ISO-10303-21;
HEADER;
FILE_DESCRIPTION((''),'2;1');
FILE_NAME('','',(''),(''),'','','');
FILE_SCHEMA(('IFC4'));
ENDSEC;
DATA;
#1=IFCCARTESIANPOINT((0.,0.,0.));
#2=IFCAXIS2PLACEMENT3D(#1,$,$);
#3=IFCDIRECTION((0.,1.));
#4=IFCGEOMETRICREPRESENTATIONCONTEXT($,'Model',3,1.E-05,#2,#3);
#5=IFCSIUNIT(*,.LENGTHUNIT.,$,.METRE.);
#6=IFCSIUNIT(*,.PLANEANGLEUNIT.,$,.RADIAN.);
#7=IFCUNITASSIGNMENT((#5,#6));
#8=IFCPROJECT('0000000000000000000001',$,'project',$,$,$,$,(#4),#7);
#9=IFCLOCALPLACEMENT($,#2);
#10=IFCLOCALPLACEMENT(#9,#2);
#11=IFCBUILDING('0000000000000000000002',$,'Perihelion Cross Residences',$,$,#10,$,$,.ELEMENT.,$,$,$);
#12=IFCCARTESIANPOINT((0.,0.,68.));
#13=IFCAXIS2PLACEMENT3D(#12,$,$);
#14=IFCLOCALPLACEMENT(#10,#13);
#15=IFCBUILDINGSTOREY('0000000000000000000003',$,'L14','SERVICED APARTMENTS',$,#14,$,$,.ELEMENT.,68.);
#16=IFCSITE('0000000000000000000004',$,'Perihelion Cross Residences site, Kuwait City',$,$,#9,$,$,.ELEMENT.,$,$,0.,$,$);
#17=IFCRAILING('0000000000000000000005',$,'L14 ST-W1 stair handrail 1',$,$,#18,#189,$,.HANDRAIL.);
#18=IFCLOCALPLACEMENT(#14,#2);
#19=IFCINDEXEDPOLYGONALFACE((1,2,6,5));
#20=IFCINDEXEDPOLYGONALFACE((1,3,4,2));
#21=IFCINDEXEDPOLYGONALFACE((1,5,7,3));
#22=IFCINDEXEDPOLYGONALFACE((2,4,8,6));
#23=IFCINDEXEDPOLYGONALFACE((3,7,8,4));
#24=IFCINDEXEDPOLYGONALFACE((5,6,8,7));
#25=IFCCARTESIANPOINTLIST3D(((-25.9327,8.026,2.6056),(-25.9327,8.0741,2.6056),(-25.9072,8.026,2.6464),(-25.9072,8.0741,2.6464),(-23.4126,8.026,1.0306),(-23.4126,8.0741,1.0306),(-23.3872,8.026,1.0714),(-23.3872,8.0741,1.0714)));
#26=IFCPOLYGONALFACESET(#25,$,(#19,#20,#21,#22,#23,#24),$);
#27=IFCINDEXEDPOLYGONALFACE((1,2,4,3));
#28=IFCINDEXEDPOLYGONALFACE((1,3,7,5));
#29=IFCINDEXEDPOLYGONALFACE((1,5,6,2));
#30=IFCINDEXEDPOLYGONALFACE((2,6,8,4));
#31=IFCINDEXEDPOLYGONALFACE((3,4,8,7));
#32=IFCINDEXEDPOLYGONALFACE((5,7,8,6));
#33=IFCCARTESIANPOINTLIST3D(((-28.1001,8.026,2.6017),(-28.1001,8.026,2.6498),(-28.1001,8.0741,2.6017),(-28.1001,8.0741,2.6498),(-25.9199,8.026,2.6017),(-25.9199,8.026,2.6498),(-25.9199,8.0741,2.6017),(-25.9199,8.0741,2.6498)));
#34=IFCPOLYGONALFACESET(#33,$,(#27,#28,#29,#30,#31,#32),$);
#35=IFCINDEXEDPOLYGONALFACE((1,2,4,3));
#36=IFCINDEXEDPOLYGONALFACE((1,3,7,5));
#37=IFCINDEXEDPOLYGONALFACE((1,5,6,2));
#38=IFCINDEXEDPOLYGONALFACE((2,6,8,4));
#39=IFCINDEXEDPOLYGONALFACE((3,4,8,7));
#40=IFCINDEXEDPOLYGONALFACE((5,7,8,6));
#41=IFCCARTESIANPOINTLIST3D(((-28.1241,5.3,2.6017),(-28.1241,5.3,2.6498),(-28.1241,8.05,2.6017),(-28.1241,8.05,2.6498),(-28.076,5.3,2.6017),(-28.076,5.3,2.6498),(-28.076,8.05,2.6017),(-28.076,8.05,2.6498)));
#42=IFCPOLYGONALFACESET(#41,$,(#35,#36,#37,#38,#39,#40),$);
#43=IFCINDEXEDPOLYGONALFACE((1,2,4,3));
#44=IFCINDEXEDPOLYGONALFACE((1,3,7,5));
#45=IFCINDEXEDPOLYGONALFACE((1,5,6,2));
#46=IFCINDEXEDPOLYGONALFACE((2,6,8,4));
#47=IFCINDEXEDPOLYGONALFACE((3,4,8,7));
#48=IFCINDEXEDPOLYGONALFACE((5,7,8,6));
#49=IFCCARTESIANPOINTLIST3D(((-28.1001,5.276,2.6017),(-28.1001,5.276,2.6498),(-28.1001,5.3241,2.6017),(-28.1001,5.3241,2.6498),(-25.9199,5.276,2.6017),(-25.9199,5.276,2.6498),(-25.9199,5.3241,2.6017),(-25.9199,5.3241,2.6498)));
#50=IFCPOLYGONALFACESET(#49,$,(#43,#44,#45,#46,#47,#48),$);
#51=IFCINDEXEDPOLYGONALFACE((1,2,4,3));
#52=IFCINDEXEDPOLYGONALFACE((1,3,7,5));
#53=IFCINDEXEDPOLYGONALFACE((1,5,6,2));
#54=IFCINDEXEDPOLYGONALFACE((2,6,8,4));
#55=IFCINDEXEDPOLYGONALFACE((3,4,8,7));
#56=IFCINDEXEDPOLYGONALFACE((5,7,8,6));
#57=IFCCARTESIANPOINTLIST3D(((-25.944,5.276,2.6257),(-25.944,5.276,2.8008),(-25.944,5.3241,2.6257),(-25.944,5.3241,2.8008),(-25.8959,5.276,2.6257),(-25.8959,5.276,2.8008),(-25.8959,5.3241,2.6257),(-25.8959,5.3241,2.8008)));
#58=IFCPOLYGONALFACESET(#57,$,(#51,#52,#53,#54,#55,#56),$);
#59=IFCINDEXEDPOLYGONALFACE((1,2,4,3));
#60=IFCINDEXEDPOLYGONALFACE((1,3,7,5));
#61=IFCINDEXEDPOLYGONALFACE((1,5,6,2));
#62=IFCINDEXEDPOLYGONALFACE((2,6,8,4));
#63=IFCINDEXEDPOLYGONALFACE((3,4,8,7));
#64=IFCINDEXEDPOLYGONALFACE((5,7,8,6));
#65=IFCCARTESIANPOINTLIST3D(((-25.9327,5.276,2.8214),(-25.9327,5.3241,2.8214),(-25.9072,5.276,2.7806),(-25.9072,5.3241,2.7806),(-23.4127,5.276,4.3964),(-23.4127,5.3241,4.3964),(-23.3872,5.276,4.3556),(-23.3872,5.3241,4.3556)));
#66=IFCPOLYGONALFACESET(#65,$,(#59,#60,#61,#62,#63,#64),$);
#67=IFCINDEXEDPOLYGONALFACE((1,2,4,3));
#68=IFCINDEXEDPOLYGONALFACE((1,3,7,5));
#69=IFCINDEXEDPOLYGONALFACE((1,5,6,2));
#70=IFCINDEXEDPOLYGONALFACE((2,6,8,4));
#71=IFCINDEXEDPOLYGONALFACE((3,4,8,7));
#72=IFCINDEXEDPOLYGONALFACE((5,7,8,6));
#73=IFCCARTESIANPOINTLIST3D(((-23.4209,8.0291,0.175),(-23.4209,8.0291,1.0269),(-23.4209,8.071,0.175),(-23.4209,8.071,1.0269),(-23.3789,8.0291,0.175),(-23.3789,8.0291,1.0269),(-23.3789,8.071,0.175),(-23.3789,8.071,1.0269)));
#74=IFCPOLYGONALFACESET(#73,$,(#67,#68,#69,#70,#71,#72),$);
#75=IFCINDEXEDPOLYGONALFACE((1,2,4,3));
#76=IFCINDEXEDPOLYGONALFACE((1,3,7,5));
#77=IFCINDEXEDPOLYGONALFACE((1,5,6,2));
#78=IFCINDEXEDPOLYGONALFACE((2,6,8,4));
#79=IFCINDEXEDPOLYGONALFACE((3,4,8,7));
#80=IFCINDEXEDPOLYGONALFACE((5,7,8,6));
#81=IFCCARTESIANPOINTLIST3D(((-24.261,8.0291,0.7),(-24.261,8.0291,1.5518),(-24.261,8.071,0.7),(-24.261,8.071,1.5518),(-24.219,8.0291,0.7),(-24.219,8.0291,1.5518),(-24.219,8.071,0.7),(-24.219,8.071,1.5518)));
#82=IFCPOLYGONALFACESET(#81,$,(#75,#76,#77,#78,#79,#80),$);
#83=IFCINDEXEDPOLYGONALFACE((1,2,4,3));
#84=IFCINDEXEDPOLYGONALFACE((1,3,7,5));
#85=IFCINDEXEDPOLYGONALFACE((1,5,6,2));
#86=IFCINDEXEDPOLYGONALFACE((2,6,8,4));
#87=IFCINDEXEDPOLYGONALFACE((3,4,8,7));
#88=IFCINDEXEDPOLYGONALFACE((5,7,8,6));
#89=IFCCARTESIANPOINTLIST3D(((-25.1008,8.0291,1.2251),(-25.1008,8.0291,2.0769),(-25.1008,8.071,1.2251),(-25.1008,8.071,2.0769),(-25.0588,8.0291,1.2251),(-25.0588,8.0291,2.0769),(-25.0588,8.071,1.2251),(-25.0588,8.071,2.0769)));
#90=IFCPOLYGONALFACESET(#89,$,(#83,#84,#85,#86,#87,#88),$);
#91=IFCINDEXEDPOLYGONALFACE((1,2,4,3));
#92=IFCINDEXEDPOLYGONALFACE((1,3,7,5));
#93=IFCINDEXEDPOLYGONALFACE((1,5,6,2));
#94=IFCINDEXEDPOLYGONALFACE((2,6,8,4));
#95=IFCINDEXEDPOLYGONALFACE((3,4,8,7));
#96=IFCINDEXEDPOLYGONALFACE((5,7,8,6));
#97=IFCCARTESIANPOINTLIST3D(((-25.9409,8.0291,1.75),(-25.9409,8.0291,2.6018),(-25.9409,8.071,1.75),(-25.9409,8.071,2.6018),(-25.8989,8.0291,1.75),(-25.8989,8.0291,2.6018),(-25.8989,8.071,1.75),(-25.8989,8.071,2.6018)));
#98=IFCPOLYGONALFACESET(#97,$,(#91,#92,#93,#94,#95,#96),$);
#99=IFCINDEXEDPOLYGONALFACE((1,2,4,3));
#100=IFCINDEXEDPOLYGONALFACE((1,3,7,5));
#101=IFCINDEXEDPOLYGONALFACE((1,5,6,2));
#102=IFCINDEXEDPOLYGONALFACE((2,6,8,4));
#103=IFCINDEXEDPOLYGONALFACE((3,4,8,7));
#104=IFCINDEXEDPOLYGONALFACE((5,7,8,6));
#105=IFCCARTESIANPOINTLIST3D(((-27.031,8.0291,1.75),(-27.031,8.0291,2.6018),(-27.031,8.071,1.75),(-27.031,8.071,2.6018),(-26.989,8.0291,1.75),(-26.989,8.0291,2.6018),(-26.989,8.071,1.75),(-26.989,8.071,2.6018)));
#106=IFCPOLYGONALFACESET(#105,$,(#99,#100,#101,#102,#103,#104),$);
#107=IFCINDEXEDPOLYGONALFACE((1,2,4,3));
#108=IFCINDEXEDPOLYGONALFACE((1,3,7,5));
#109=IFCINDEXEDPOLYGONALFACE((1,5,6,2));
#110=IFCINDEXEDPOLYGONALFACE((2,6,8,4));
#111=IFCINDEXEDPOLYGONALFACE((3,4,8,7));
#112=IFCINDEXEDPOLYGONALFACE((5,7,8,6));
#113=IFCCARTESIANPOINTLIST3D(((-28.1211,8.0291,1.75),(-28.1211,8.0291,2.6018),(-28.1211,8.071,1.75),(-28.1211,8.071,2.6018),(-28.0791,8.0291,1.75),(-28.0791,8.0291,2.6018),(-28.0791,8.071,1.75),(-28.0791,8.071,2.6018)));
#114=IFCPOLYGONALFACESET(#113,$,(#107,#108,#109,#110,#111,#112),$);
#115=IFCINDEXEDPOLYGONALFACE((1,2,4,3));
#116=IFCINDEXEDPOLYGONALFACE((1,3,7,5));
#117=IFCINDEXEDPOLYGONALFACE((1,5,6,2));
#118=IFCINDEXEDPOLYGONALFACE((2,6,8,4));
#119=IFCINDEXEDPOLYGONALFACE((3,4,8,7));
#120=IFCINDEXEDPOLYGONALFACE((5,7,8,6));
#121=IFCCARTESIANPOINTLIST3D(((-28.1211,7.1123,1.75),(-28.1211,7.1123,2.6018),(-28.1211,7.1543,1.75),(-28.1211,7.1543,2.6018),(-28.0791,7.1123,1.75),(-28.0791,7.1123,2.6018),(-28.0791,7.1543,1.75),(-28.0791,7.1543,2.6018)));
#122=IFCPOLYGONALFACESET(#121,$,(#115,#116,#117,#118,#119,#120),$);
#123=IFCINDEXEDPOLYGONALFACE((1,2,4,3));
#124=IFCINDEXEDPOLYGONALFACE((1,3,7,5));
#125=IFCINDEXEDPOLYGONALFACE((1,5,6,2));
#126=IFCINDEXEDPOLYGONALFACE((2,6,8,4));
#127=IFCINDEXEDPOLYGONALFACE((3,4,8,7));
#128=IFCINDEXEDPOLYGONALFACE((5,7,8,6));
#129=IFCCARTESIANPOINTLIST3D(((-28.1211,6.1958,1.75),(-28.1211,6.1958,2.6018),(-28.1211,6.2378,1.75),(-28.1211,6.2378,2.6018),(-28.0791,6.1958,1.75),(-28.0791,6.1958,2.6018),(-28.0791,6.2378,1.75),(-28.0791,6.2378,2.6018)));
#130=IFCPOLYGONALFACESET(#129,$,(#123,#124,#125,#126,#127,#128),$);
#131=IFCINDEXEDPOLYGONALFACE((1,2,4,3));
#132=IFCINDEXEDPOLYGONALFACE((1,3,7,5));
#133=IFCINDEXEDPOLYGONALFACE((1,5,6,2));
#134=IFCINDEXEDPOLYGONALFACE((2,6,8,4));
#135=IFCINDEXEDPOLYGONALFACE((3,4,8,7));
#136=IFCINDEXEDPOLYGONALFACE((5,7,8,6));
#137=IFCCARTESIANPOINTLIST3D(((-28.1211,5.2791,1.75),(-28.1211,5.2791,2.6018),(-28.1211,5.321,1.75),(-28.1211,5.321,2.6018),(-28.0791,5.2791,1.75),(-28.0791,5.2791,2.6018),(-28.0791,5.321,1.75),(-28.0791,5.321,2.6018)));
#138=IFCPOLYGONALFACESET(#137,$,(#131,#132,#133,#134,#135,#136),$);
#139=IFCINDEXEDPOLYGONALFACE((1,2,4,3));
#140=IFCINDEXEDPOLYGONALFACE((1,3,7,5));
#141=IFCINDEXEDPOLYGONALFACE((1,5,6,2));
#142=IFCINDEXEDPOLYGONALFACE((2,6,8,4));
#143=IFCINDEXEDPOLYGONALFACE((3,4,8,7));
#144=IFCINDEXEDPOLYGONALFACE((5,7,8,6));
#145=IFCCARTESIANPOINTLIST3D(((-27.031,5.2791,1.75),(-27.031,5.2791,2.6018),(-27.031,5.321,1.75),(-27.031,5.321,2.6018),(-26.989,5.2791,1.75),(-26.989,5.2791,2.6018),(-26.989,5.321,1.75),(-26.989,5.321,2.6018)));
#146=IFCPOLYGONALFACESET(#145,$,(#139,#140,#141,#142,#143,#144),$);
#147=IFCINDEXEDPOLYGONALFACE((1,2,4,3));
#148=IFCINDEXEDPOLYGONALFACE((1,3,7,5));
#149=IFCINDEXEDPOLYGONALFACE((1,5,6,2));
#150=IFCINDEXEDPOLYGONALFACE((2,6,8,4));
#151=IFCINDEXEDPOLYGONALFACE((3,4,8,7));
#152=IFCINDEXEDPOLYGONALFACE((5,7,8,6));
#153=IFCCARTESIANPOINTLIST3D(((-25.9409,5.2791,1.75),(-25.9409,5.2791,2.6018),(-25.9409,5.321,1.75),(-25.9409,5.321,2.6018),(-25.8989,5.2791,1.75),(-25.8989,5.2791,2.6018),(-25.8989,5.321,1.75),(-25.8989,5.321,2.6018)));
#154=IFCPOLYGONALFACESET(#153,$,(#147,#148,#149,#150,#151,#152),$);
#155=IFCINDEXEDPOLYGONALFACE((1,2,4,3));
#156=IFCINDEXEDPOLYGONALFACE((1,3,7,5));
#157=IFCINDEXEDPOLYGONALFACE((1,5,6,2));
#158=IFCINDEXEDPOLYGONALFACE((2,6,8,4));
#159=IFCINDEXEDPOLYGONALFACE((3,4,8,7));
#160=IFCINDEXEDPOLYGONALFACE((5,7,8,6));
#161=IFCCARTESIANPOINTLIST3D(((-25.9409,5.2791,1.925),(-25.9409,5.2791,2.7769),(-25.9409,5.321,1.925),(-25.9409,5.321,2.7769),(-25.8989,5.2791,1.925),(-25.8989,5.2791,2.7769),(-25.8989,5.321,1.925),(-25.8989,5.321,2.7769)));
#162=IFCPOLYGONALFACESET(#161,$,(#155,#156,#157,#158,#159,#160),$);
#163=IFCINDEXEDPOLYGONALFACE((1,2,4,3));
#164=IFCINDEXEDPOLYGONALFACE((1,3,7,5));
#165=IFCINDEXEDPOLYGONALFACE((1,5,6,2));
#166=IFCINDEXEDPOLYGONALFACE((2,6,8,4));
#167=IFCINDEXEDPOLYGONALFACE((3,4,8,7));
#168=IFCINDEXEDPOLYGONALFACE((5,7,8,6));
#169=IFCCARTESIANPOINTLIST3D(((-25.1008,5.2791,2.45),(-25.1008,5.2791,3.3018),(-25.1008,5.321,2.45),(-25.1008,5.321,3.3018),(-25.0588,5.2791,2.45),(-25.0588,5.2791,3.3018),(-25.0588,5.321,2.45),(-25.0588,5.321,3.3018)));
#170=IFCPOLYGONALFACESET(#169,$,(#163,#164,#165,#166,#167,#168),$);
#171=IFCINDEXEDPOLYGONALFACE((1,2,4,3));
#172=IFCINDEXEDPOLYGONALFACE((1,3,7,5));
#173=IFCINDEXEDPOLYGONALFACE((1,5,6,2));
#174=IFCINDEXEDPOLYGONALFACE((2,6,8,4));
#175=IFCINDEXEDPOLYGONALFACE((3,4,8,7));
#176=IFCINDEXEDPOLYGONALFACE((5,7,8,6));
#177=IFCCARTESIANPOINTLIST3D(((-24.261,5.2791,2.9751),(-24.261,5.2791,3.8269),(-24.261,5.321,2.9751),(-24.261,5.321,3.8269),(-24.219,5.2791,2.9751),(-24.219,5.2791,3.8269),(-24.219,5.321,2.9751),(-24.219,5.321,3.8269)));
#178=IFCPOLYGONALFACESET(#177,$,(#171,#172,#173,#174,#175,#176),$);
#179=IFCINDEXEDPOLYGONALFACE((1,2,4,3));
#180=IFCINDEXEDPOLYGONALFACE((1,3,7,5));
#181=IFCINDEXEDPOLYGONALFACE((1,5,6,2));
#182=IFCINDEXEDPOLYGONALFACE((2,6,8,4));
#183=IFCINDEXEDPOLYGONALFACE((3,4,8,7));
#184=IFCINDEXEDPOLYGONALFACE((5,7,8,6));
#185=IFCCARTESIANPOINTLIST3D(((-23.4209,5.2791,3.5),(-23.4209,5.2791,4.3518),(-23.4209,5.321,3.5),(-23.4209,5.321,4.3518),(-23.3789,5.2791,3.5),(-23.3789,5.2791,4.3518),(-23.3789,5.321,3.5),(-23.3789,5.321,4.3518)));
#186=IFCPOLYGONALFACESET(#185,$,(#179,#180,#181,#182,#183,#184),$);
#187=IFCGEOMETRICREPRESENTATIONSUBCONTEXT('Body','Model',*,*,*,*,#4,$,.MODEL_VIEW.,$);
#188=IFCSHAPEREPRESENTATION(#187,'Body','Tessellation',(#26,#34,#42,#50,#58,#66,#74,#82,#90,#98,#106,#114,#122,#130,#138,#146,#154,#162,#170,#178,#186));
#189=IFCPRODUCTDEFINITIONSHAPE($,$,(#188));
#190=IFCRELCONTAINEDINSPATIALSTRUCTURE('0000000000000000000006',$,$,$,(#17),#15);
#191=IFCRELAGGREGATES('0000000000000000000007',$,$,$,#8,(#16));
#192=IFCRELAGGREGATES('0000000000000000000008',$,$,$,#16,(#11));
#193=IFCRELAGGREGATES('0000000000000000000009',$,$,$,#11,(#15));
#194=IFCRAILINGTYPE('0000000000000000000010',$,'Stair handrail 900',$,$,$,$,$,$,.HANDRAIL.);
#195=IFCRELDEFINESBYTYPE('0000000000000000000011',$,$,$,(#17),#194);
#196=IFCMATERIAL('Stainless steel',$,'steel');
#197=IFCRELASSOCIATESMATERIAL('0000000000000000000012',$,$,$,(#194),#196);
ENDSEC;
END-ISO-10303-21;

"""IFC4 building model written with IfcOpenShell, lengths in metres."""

from ifc_helpers import new_model, si_unit, direction, frame, origin, origin_2d, place, context, subcontext, project, spatial, rectangle, extrude, material, type_object, element, save


model = new_model("IFC4")

# Units and contexts
model_context = context("Model", 3, precision=1e-05, world=origin(), true_north=direction((0.0, 1.0)))
body_context = subcontext(model_context, "Body", "Model", "MODEL_VIEW")
ifc_project = project(units=[si_unit("LENGTHUNIT", "METRE"), si_unit("PLANEANGLEUNIT", "RADIAN")], contexts=[model_context])

# Site, building, storey
site_placement = place(None, origin())
site = spatial("IfcSite", under=ifc_project, at=site_placement, Name="Perihelion Cross Residences site, Kuwait City", CompositionType="ELEMENT", RefElevation=0.0)
building_placement = place(site_placement, origin())
building = spatial("IfcBuilding", under=site, at=building_placement, Name="Perihelion Cross Residences", CompositionType="ELEMENT")
storey_placement = place(building_placement, frame((0.0, 0.0, 68.0)))
storey = spatial("IfcBuildingStorey", under=building, at=storey_placement, Name="L14", Description="SERVICED APARTMENTS", CompositionType="ELEMENT", Elevation=68.0)

# Railing
ifc_material_1 = material(Name="Stainless steel", Category="steel")
railing_type_1 = type_object("IfcRailingType", Name="Stair handrail 900", PredefinedType="HANDRAIL", material=ifc_material_1)
railing_1_placement = place(storey_placement, frame((-23.3999, 8.05, 0.175)))
element("IfcRailing", 1, at=railing_1_placement, inside=storey, type_object=railing_type_1, Name="L14 ST-W1 stair handrail 1", PredefinedType="HANDRAIL", context=body_context, shape_type="SweptSolid", body=[
    extrude(rectangle(XDim=0.0481, YDim=0.0481, at=origin_2d()), frame((0.0, 0.0, 0.876), z_axis=(-0.848008, 0.0, 0.529984), x_axis=(0.0, -1.0, 0.0)), (0.0, 0.0, 1.0), 2.9717),
    extrude(rectangle(XDim=0.0481, YDim=0.0481, at=origin_2d()), frame((-2.52, 0.0, 2.4507), z_axis=(-1.0, 0.0, 0.0), x_axis=(0.0, -1.0, 0.0)), (0.0, 0.0, 1.0), 2.1802),
    extrude(rectangle(XDim=0.0481, YDim=0.0481, at=origin_2d()), frame((-4.7002, 0.0, 2.4507), z_axis=(0.0, -1.0, 0.0), x_axis=(1.0, 0.0, 0.0)), (0.0, 0.0, 1.0), 2.75),
    extrude(rectangle(XDim=0.0481, YDim=0.0481, at=origin_2d()), frame((-4.7002, -2.75, 2.4507), z_axis=(1.0, 0.0, 0.0), x_axis=(0.0, 1.0, 0.0)), (0.0, 0.0, 1.0), 2.1802),
    extrude(rectangle(XDim=0.0481, YDim=0.0481, at=origin_2d()), frame((-2.52, -2.75, 2.4507), z_axis=(0.0, 0.0, 1.0), x_axis=(1.0, 0.0, 0.0)), (0.0, 0.0, 1.0), 0.175),
    extrude(rectangle(XDim=0.0481, YDim=0.0481, at=origin_2d()), frame((-2.52, -2.75, 2.626), z_axis=(0.848008, 0.0, 0.529984), x_axis=(0.0, 1.0, 0.0)), (0.0, 0.0, 1.0), 2.9717),
    extrude(rectangle(XDim=0.042, YDim=0.042, at=origin_2d()), origin(), (0.0, 0.0, 1.0), 0.8518),
    extrude(rectangle(XDim=0.042, YDim=0.042, at=origin_2d()), frame((-0.8401, 0.0, 0.5249)), (0.0, 0.0, 1.0), 0.8518),
    extrude(rectangle(XDim=0.042, YDim=0.042, at=origin_2d()), frame((-1.6799, 0.0, 1.05)), (0.0, 0.0, 1.0), 0.8518),
    extrude(rectangle(XDim=0.042, YDim=0.042, at=origin_2d()), frame((-2.52, 0.0, 1.575)), (0.0, 0.0, 1.0), 0.8518),
    extrude(rectangle(XDim=0.042, YDim=0.042, at=origin_2d()), frame((-3.6101, 0.0, 1.575)), (0.0, 0.0, 1.0), 0.8518),
    extrude(rectangle(XDim=0.042, YDim=0.042, at=origin_2d()), frame((-4.7002, 0.0, 1.575)), (0.0, 0.0, 1.0), 0.8518),
    extrude(rectangle(XDim=0.042, YDim=0.042, at=origin_2d()), frame((-4.7002, -0.9167, 1.575)), (0.0, 0.0, 1.0), 0.8518),
    extrude(rectangle(XDim=0.042, YDim=0.042, at=origin_2d()), frame((-4.7002, -1.8333, 1.575)), (0.0, 0.0, 1.0), 0.8518),
    extrude(rectangle(XDim=0.042, YDim=0.042, at=origin_2d()), frame((-4.7002, -2.75, 1.575)), (0.0, 0.0, 1.0), 0.8518),
    extrude(rectangle(XDim=0.042, YDim=0.042, at=origin_2d()), frame((-3.6101, -2.75, 1.575)), (0.0, 0.0, 1.0), 0.8518),
    extrude(rectangle(XDim=0.042, YDim=0.042, at=origin_2d()), frame((-2.52, -2.75, 1.575)), (0.0, 0.0, 1.0), 0.8518),
    extrude(rectangle(XDim=0.042, YDim=0.042, at=origin_2d()), frame((-2.52, -2.75, 1.75)), (0.0, 0.0, 1.0), 0.8518),
    extrude(rectangle(XDim=0.042, YDim=0.042, at=origin_2d()), frame((-1.6799, -2.75, 2.2749)), (0.0, 0.0, 1.0), 0.8518),
    extrude(rectangle(XDim=0.042, YDim=0.042, at=origin_2d()), frame((-0.8401, -2.75, 2.8)), (0.0, 0.0, 1.0), 0.8518),
    extrude(rectangle(XDim=0.042, YDim=0.042, at=origin_2d()), frame((0.0, -2.75, 3.325)), (0.0, 0.0, 1.0), 0.8518),
])

save(model, "model.ifc")
